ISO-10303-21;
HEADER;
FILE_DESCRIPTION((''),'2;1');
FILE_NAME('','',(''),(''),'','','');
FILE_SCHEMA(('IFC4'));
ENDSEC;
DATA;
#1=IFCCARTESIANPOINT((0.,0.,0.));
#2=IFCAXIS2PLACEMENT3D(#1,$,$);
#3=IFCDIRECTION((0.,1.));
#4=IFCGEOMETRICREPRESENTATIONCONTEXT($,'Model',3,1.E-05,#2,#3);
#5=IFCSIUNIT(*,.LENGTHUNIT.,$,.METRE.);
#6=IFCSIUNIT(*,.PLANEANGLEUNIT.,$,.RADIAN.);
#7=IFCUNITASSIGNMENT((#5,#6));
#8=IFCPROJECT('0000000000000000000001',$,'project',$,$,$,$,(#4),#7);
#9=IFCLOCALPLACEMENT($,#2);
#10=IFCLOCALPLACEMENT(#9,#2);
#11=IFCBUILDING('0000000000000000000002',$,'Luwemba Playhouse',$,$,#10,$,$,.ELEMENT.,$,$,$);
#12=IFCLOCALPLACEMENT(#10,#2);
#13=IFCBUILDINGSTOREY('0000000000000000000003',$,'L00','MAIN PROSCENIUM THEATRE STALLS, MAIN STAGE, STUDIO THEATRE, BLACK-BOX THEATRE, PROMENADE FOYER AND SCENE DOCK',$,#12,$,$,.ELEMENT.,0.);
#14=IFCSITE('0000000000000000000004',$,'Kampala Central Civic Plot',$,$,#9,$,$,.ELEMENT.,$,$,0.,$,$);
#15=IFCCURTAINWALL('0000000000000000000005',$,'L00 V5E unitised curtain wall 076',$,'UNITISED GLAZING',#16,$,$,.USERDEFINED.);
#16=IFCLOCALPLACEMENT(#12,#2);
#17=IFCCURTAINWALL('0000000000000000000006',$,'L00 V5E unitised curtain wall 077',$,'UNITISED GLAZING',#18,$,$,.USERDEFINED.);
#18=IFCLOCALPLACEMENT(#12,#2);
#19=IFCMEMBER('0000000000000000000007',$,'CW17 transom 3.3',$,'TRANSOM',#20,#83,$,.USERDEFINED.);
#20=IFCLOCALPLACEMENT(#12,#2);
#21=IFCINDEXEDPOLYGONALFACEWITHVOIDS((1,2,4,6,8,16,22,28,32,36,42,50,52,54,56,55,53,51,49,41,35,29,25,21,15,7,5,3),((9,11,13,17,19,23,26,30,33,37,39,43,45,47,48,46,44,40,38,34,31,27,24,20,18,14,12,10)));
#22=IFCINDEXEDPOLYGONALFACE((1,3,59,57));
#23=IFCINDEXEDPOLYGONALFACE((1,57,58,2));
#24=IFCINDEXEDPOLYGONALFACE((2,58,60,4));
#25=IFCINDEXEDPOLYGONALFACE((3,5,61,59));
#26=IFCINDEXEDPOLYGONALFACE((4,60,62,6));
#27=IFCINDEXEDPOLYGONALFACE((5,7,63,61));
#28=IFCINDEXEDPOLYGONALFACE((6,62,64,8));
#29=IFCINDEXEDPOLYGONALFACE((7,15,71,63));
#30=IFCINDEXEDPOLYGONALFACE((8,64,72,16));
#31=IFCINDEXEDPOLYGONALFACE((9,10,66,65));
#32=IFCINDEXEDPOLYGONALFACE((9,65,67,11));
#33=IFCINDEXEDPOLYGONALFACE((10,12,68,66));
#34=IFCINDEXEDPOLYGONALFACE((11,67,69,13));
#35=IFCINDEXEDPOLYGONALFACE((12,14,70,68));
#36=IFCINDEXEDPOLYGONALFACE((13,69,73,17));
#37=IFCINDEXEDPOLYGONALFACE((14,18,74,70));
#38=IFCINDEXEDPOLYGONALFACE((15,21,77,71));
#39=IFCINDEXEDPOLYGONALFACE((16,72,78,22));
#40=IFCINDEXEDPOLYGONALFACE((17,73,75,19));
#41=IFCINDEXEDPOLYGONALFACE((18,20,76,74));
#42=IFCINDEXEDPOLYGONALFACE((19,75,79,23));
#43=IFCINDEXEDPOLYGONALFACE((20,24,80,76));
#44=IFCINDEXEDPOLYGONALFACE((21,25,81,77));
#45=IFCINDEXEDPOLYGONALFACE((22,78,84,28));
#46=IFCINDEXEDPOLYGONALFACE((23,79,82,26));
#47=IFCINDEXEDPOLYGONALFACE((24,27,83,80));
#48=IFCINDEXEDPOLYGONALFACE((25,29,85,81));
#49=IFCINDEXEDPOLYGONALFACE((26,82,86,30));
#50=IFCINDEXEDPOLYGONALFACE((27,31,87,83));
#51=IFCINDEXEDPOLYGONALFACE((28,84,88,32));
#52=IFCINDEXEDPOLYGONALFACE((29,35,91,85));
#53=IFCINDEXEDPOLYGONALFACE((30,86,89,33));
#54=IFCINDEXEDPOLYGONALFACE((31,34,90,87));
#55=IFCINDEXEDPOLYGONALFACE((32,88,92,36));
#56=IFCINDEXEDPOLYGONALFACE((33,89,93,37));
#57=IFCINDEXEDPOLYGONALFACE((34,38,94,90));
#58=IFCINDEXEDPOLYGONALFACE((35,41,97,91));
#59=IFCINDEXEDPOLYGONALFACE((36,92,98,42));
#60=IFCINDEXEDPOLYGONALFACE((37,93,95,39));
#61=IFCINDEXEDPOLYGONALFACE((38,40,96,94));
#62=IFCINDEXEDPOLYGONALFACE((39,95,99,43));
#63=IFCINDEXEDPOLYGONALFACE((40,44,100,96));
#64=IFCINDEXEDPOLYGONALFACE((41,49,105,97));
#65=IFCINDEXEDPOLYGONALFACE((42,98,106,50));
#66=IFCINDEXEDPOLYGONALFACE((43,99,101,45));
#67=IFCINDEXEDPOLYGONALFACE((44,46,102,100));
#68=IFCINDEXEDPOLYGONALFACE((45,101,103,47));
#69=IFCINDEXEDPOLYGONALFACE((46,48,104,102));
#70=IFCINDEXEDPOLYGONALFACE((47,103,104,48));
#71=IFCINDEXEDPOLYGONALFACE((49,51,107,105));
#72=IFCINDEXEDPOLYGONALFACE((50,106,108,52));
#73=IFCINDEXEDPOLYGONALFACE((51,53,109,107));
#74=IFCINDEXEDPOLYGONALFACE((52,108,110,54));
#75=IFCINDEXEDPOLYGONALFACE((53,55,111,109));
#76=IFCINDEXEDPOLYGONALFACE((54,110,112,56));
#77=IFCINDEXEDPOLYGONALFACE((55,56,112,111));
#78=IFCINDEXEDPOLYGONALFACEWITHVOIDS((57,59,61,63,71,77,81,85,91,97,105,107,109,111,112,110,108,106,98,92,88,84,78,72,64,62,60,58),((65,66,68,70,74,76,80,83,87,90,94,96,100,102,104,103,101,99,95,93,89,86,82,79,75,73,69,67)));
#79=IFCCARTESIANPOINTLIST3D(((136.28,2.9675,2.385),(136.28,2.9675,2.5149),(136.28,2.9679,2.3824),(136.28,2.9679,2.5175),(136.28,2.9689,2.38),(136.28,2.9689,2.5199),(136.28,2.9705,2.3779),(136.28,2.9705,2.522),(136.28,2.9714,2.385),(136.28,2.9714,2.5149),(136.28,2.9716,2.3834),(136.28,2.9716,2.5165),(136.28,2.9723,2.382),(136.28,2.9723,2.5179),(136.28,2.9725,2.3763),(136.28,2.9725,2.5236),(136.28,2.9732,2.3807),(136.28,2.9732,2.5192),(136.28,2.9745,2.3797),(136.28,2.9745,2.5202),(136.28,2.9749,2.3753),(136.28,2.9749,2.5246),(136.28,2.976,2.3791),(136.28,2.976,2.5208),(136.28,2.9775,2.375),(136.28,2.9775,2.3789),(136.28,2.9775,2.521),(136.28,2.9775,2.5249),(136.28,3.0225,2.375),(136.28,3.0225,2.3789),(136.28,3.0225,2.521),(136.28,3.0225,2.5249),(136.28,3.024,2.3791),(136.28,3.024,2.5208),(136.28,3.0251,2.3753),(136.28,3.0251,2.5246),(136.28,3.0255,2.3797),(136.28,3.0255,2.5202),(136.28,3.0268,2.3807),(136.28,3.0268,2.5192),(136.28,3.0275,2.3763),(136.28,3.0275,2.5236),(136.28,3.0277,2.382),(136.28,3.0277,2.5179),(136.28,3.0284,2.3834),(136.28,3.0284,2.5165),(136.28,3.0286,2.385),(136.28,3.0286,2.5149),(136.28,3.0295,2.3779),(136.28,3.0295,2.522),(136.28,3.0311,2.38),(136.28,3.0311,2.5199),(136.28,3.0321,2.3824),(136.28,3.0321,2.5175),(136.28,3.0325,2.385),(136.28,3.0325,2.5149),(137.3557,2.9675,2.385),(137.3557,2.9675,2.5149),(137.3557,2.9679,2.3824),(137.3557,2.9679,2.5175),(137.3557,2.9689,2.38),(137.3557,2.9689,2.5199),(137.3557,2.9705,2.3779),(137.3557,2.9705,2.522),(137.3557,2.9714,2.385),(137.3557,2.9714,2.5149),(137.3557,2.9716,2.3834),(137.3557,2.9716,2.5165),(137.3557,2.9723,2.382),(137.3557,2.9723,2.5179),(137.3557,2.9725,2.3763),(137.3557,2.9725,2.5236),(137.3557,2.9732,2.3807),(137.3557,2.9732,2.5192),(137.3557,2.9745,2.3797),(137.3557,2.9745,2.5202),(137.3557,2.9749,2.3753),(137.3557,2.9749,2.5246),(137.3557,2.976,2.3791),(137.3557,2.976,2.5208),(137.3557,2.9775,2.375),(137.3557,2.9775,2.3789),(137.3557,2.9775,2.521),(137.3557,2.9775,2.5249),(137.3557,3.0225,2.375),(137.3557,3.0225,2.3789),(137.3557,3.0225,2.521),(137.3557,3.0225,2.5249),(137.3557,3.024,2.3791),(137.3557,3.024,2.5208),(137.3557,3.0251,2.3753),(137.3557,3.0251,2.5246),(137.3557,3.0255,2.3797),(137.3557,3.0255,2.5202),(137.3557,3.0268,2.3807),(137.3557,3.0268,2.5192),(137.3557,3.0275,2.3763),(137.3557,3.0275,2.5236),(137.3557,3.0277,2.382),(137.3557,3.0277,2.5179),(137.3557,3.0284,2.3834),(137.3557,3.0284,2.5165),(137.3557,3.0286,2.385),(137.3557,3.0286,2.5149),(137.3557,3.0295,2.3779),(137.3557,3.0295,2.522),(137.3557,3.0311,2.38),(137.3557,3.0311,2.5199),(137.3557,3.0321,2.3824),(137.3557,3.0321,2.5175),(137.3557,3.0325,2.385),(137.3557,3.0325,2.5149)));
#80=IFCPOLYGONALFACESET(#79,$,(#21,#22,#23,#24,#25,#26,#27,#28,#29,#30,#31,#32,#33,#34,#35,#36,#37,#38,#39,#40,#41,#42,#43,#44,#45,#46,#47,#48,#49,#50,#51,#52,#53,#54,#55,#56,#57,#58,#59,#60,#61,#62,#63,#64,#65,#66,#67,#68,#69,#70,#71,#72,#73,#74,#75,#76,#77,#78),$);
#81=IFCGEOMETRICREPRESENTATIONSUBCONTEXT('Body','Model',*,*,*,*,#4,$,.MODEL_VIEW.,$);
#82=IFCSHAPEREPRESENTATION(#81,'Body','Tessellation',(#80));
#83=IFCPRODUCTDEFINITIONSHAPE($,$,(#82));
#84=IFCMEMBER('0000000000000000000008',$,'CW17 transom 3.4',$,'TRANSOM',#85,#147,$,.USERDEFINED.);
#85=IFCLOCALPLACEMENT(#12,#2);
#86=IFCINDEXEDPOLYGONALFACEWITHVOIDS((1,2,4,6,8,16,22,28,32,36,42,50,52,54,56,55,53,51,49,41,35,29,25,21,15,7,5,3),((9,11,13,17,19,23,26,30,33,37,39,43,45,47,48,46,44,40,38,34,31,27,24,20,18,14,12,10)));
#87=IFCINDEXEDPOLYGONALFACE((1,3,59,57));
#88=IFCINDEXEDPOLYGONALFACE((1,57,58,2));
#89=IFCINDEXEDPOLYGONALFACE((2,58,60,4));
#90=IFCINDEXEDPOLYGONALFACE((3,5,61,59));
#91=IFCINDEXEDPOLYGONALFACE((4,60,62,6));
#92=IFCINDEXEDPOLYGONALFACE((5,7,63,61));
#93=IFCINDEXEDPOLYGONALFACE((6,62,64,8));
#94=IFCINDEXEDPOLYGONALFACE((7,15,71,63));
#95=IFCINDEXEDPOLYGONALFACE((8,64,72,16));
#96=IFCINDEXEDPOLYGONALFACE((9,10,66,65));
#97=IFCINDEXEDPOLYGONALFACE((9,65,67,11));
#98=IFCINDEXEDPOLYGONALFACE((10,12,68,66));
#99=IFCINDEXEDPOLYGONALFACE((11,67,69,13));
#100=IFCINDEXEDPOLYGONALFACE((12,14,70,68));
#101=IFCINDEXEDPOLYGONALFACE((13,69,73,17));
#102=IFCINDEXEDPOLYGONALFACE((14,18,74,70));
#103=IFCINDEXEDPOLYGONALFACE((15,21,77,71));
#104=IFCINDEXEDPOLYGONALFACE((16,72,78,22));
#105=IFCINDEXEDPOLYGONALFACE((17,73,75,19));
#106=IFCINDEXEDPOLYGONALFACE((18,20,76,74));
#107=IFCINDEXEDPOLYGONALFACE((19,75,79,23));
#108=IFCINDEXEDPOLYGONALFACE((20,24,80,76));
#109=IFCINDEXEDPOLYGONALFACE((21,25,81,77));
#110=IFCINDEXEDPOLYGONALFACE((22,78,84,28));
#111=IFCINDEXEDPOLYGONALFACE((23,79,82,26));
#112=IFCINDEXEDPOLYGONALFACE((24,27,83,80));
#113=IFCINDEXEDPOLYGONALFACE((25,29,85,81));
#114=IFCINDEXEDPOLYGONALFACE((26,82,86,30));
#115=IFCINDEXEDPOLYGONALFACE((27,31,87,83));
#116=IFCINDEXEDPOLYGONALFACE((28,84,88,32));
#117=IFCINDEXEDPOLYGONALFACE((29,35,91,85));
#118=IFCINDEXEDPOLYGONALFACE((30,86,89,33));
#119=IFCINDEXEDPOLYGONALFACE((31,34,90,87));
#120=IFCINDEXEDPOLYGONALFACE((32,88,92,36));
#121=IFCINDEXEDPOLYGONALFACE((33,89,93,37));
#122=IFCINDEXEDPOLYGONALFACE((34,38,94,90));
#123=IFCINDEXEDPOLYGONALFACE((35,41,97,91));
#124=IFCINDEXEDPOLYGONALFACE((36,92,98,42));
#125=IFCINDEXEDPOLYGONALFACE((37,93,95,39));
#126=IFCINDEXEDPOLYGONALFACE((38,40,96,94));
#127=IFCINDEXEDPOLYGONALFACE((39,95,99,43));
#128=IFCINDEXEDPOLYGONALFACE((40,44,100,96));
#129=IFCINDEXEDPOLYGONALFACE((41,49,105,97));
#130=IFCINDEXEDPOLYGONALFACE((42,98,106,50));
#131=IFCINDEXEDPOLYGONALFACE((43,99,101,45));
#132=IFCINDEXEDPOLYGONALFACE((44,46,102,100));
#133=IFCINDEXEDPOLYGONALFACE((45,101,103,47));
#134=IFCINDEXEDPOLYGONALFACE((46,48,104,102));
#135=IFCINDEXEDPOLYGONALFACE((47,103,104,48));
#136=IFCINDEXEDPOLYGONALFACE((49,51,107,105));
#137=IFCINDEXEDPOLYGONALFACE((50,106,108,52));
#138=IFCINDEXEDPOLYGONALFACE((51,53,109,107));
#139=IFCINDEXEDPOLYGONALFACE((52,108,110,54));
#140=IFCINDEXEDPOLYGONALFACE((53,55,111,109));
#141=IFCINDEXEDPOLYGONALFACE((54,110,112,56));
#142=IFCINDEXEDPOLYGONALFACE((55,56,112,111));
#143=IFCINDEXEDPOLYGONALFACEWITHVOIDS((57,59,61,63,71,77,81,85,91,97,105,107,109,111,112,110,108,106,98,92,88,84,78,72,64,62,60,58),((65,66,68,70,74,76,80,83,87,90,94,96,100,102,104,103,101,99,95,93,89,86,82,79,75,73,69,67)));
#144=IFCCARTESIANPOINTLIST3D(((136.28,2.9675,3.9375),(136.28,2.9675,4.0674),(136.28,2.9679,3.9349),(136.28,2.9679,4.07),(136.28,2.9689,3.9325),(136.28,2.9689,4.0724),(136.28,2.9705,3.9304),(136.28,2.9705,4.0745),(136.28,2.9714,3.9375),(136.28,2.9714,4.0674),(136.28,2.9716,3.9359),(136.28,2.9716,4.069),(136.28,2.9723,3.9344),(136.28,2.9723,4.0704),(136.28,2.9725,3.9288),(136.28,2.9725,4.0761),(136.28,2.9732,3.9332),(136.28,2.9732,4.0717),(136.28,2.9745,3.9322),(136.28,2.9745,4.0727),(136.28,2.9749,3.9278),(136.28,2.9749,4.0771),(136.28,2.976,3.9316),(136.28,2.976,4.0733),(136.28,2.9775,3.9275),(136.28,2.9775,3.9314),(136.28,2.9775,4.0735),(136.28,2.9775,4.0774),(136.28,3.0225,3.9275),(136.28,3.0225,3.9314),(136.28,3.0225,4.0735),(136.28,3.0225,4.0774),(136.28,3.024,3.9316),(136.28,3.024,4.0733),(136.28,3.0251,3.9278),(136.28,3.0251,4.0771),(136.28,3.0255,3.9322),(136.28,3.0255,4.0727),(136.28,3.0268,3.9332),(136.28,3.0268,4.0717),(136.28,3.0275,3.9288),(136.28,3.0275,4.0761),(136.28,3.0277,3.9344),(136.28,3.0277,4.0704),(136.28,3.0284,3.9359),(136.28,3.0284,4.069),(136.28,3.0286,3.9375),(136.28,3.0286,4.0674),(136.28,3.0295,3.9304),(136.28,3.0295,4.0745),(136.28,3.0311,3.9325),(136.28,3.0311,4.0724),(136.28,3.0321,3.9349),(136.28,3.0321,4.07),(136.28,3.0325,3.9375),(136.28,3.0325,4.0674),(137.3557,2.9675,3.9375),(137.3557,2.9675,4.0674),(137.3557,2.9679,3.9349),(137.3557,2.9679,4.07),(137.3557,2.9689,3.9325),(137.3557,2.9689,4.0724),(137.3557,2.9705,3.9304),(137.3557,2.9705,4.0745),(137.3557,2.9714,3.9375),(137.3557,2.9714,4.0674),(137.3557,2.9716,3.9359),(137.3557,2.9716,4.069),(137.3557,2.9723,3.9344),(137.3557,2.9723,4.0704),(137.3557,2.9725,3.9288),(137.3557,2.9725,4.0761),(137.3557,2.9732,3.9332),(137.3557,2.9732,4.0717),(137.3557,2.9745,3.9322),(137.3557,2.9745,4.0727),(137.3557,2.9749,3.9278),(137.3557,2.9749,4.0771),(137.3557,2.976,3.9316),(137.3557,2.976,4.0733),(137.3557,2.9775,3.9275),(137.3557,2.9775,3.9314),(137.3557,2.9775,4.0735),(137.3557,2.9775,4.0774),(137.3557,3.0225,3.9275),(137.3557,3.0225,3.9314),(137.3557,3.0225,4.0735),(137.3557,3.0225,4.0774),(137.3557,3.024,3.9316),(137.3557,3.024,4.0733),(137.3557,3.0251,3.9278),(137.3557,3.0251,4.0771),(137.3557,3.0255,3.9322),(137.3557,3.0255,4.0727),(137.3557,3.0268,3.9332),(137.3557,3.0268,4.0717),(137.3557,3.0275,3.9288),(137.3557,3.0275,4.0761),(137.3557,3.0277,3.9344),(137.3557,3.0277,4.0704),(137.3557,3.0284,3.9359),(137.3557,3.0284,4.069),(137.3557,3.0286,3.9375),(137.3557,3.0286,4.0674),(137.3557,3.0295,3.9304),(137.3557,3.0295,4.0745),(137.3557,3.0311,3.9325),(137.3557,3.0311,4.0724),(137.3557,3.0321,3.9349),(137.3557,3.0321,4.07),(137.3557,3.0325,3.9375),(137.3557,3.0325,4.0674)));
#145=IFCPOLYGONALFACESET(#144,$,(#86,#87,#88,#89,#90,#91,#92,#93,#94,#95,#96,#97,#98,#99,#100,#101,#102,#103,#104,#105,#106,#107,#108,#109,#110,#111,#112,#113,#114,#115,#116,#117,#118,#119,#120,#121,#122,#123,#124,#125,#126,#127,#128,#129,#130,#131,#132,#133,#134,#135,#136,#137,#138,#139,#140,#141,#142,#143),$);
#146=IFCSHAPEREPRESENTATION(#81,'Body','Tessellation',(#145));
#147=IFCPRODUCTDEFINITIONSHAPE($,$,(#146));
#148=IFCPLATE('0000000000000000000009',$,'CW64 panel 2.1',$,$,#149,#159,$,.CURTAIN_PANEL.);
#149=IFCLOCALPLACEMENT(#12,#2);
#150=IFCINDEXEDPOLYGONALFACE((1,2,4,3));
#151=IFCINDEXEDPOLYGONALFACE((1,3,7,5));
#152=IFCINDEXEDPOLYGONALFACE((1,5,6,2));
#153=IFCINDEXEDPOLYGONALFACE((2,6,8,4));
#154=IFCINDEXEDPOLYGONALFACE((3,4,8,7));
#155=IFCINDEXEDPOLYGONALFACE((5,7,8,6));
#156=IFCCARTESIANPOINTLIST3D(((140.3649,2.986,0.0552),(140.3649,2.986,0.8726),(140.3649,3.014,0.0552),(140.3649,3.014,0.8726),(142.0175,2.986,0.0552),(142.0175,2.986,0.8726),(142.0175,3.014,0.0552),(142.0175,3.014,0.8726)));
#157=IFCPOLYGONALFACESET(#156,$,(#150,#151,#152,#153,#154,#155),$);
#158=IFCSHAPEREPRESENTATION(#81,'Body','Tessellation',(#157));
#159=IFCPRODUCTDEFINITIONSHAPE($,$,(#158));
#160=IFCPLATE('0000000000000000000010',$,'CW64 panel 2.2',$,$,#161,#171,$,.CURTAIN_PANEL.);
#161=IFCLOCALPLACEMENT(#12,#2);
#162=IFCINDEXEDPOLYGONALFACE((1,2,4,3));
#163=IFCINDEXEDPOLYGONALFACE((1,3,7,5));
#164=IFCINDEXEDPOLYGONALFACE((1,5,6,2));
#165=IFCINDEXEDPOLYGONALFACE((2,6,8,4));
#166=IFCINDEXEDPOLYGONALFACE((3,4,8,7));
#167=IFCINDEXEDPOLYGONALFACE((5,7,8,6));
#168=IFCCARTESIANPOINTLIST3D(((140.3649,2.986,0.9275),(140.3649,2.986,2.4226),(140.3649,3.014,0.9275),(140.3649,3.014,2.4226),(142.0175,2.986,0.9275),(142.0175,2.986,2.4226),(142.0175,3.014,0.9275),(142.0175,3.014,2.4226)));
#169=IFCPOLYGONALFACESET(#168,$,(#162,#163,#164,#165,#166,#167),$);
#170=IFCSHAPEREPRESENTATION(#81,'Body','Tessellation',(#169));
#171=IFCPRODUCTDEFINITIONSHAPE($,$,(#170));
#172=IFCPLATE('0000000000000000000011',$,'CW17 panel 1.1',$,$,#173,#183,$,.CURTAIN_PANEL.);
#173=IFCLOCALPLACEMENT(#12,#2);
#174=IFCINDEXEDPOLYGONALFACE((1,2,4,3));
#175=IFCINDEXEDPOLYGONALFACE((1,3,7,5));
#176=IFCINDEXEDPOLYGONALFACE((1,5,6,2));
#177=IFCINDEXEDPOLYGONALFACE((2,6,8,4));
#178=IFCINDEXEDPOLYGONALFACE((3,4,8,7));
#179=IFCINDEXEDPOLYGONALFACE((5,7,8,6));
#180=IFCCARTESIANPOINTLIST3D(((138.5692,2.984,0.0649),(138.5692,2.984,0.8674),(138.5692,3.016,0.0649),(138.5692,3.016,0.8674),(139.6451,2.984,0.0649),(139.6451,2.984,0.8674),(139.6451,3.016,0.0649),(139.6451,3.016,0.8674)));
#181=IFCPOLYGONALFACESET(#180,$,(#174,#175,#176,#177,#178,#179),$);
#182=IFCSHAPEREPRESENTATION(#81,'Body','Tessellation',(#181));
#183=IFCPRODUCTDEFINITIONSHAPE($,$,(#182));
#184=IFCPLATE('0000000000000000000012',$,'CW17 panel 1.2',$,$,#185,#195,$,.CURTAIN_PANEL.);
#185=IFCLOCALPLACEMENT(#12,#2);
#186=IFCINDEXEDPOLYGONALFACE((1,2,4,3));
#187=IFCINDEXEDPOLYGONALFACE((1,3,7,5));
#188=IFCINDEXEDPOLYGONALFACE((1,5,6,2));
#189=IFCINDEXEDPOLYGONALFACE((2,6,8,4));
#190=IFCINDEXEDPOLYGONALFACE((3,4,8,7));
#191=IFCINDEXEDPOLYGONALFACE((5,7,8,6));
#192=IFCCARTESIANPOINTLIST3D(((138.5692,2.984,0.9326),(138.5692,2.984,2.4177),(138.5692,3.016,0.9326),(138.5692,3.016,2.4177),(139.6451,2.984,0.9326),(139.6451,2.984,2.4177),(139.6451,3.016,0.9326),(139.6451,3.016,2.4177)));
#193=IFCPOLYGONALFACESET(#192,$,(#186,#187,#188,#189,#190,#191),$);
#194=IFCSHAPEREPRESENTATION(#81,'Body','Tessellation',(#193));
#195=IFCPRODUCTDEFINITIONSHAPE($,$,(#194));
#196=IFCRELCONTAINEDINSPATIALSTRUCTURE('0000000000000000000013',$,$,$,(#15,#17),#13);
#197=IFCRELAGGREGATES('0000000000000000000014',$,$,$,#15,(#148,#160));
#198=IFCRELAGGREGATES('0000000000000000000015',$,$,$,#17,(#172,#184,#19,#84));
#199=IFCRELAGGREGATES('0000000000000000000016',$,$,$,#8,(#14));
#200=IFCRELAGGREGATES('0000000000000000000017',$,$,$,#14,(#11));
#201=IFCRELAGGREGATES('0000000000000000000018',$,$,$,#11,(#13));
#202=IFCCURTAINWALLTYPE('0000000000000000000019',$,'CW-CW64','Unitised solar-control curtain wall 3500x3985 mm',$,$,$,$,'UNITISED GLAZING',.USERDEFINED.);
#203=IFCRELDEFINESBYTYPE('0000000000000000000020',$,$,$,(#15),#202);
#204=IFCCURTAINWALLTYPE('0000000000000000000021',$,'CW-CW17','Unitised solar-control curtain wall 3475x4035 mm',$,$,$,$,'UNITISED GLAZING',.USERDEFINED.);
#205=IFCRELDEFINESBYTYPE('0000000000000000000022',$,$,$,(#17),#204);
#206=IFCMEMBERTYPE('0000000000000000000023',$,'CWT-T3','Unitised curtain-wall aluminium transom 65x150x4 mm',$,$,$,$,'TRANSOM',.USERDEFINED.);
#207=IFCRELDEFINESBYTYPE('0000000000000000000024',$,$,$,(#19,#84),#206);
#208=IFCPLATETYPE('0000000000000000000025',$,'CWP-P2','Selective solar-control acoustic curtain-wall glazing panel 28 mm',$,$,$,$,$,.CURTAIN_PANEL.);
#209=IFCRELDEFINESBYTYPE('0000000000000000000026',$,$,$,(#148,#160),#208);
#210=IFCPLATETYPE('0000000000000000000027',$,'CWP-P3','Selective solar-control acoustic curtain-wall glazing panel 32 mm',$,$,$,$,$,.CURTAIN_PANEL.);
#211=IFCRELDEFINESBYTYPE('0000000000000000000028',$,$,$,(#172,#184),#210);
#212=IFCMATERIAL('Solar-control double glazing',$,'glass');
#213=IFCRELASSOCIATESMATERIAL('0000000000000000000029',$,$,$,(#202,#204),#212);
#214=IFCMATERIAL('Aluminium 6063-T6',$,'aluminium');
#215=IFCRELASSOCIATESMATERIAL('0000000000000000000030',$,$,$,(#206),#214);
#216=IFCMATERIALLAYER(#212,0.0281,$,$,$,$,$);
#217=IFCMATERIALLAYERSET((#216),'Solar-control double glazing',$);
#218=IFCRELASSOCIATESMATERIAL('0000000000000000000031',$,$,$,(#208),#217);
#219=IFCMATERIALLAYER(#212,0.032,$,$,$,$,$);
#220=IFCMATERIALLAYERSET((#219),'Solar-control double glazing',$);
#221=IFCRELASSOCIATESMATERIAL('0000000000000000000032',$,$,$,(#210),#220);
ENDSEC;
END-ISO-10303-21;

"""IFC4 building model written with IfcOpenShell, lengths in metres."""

from ifc_helpers import new_model, si_unit, direction, frame, origin, origin_2d, place, context, subcontext, project, spatial, rectangle, hollow_rectangle, extrude, material, layer, layer_set, material_profile, profile_set, type_object, element, aggregate, save


model = new_model("IFC4")

# Units and contexts
model_context = context("Model", 3, precision=1e-05, world=origin(), true_north=direction((0.0, 1.0)))
body_context = subcontext(model_context, "Body", "Model", "MODEL_VIEW")
ifc_project = project(units=[si_unit("LENGTHUNIT", "METRE"), si_unit("PLANEANGLEUNIT", "RADIAN")], contexts=[model_context])

# Site, building, storey
site_placement = place(None, origin())
site = spatial("IfcSite", under=ifc_project, at=site_placement, Name="Kampala Central Civic Plot", CompositionType="ELEMENT", RefElevation=0.0)
building_placement = place(site_placement, origin())
building = spatial("IfcBuilding", under=site, at=building_placement, Name="Luwemba Playhouse", CompositionType="ELEMENT")
storey_placement = place(building_placement, origin())
storey = spatial("IfcBuildingStorey", under=building, at=storey_placement, Name="L00", Description="MAIN PROSCENIUM THEATRE STALLS, MAIN STAGE, STUDIO THEATRE, BLACK-BOX THEATRE, PROMENADE FOYER AND SCENE DOCK", CompositionType="ELEMENT", Elevation=0.0)

# Curtain wall
ifc_material_1 = material(Name="Solar-control double glazing", Category="glass")
curtain_wall_type_1 = type_object("IfcCurtainWallType", Name="CW-CW64", Description="Unitised solar-control curtain wall 3500x3985 mm", ElementType="UNITISED GLAZING", PredefinedType="USERDEFINED", material=ifc_material_1)
curtain_wall_1_placement = place(storey_placement, origin())
curtain_wall_1 = element("IfcCurtainWall", 1, at=curtain_wall_1_placement, inside=storey, type_object=curtain_wall_type_1, Name="L00 V5E unitised curtain wall 076", ObjectType="UNITISED GLAZING", PredefinedType="USERDEFINED")
ifc_material_2 = material(Name="Aluminium 6063-T6", Category="aluminium")

# Curtain wall, members
curtain_wall_type_2 = type_object("IfcCurtainWallType", Name="CW-CW17", Description="Unitised solar-control curtain wall 3475x4035 mm", ElementType="UNITISED GLAZING", PredefinedType="USERDEFINED", material=ifc_material_1)
curtain_wall_2_placement = place(storey_placement, origin())
curtain_wall_2 = element("IfcCurtainWall", 2, at=curtain_wall_2_placement, inside=storey, type_object=curtain_wall_type_2, Name="L00 V5E unitised curtain wall 077", ObjectType="UNITISED GLAZING", PredefinedType="USERDEFINED")
ifc_material_profile_1 = material_profile(ifc_material_2, hollow_rectangle(XDim=0.0649, YDim=0.1499, WallThickness=0.0039, InnerFilletRadius=0.0061, OuterFilletRadius=0.01, at=origin_2d()))
ifc_profile_set_1 = profile_set([ifc_material_profile_1], Name="Aluminium 6063-T6")
member_type_1 = type_object("IfcMemberType", Name="CWT-T3", Description="Unitised curtain-wall aluminium transom 65x150x4 mm", ElementType="TRANSOM", PredefinedType="USERDEFINED", material=ifc_profile_set_1)
member_1_placement = place(storey_placement, frame((137.3557, 3.0, 2.45), z_axis=(-1.0, 0.0, 0.0), x_axis=(0.0, -1.0, 0.0)))
member_1 = element("IfcMember", 3, at=member_1_placement, type_object=member_type_1, Name="CW17 transom 3.3", ObjectType="TRANSOM", PredefinedType="USERDEFINED", context=body_context, shape_type="SweptSolid", body=[
    extrude(hollow_rectangle(XDim=0.0649, YDim=0.1499, WallThickness=0.0039, InnerFilletRadius=0.0061, OuterFilletRadius=0.01, at=origin_2d()), origin(), (0.0, 0.0, 1.0), 1.0757),
])
member_2_placement = place(storey_placement, frame((137.3557, 3.0, 4.0024), z_axis=(-1.0, 0.0, 0.0), x_axis=(0.0, -1.0, 0.0)))
member_2 = element("IfcMember", 4, at=member_2_placement, type_object=member_type_1, Name="CW17 transom 3.4", ObjectType="TRANSOM", PredefinedType="USERDEFINED", context=body_context, shape_type="SweptSolid", body=[
    extrude(hollow_rectangle(XDim=0.0649, YDim=0.1499, WallThickness=0.0039, InnerFilletRadius=0.0061, OuterFilletRadius=0.01, at=origin_2d()), origin(), (0.0, 0.0, 1.0), 1.0757),
])

# Plates
ifc_layer_1 = layer(ifc_material_1, 0.0281)
ifc_layer_set_1 = layer_set([ifc_layer_1], Name="Solar-control double glazing")
plate_type_1 = type_object("IfcPlateType", Name="CWP-P2", Description="Selective solar-control acoustic curtain-wall glazing panel 28 mm", PredefinedType="CURTAIN_PANEL", material=ifc_layer_set_1)
plate_1_placement = place(storey_placement, frame((141.1912, 3.0, 0.0552), z_axis=(0.0, 0.0, 1.0), x_axis=(-1.0, 0.0, 0.0)))
plate_1 = element("IfcPlate", 5, at=plate_1_placement, type_object=plate_type_1, Name="CW64 panel 2.1", PredefinedType="CURTAIN_PANEL", context=body_context, shape_type="SweptSolid", body=[
    extrude(rectangle(XDim=1.6526, YDim=0.0281, at=origin_2d()), origin(), (0.0, 0.0, 1.0), 0.8174),
])
plate_2_placement = place(storey_placement, frame((141.1912, 3.0, 0.9275), z_axis=(0.0, 0.0, 1.0), x_axis=(-1.0, 0.0, 0.0)))
plate_2 = element("IfcPlate", 6, at=plate_2_placement, type_object=plate_type_1, Name="CW64 panel 2.2", PredefinedType="CURTAIN_PANEL", context=body_context, shape_type="SweptSolid", body=[
    extrude(rectangle(XDim=1.6526, YDim=0.0281, at=origin_2d()), origin(), (0.0, 0.0, 1.0), 1.4951),
])
aggregate(curtain_wall_1, [plate_1, plate_2])
ifc_layer_2 = layer(ifc_material_1, 0.032)
ifc_layer_set_2 = layer_set([ifc_layer_2], Name="Solar-control double glazing")
plate_type_2 = type_object("IfcPlateType", Name="CWP-P3", Description="Selective solar-control acoustic curtain-wall glazing panel 32 mm", PredefinedType="CURTAIN_PANEL", material=ifc_layer_set_2)
plate_3_placement = place(storey_placement, frame((139.1072, 3.0, 0.0649), z_axis=(0.0, 0.0, 1.0), x_axis=(-1.0, 0.0, 0.0)))
plate_3 = element("IfcPlate", 7, at=plate_3_placement, type_object=plate_type_2, Name="CW17 panel 1.1", PredefinedType="CURTAIN_PANEL", context=body_context, shape_type="SweptSolid", body=[
    extrude(rectangle(XDim=1.0759, YDim=0.032, at=origin_2d()), origin(), (0.0, 0.0, 1.0), 0.8025),
])
plate_4_placement = place(storey_placement, frame((139.1072, 3.0, 0.9326), z_axis=(0.0, 0.0, 1.0), x_axis=(-1.0, 0.0, 0.0)))
plate_4 = element("IfcPlate", 8, at=plate_4_placement, type_object=plate_type_2, Name="CW17 panel 1.2", PredefinedType="CURTAIN_PANEL", context=body_context, shape_type="SweptSolid", body=[
    extrude(rectangle(XDim=1.0759, YDim=0.032, at=origin_2d()), origin(), (0.0, 0.0, 1.0), 1.4851),
])
aggregate(curtain_wall_2, [plate_3, plate_4, member_1, member_2])

save(model, "model.ifc")
